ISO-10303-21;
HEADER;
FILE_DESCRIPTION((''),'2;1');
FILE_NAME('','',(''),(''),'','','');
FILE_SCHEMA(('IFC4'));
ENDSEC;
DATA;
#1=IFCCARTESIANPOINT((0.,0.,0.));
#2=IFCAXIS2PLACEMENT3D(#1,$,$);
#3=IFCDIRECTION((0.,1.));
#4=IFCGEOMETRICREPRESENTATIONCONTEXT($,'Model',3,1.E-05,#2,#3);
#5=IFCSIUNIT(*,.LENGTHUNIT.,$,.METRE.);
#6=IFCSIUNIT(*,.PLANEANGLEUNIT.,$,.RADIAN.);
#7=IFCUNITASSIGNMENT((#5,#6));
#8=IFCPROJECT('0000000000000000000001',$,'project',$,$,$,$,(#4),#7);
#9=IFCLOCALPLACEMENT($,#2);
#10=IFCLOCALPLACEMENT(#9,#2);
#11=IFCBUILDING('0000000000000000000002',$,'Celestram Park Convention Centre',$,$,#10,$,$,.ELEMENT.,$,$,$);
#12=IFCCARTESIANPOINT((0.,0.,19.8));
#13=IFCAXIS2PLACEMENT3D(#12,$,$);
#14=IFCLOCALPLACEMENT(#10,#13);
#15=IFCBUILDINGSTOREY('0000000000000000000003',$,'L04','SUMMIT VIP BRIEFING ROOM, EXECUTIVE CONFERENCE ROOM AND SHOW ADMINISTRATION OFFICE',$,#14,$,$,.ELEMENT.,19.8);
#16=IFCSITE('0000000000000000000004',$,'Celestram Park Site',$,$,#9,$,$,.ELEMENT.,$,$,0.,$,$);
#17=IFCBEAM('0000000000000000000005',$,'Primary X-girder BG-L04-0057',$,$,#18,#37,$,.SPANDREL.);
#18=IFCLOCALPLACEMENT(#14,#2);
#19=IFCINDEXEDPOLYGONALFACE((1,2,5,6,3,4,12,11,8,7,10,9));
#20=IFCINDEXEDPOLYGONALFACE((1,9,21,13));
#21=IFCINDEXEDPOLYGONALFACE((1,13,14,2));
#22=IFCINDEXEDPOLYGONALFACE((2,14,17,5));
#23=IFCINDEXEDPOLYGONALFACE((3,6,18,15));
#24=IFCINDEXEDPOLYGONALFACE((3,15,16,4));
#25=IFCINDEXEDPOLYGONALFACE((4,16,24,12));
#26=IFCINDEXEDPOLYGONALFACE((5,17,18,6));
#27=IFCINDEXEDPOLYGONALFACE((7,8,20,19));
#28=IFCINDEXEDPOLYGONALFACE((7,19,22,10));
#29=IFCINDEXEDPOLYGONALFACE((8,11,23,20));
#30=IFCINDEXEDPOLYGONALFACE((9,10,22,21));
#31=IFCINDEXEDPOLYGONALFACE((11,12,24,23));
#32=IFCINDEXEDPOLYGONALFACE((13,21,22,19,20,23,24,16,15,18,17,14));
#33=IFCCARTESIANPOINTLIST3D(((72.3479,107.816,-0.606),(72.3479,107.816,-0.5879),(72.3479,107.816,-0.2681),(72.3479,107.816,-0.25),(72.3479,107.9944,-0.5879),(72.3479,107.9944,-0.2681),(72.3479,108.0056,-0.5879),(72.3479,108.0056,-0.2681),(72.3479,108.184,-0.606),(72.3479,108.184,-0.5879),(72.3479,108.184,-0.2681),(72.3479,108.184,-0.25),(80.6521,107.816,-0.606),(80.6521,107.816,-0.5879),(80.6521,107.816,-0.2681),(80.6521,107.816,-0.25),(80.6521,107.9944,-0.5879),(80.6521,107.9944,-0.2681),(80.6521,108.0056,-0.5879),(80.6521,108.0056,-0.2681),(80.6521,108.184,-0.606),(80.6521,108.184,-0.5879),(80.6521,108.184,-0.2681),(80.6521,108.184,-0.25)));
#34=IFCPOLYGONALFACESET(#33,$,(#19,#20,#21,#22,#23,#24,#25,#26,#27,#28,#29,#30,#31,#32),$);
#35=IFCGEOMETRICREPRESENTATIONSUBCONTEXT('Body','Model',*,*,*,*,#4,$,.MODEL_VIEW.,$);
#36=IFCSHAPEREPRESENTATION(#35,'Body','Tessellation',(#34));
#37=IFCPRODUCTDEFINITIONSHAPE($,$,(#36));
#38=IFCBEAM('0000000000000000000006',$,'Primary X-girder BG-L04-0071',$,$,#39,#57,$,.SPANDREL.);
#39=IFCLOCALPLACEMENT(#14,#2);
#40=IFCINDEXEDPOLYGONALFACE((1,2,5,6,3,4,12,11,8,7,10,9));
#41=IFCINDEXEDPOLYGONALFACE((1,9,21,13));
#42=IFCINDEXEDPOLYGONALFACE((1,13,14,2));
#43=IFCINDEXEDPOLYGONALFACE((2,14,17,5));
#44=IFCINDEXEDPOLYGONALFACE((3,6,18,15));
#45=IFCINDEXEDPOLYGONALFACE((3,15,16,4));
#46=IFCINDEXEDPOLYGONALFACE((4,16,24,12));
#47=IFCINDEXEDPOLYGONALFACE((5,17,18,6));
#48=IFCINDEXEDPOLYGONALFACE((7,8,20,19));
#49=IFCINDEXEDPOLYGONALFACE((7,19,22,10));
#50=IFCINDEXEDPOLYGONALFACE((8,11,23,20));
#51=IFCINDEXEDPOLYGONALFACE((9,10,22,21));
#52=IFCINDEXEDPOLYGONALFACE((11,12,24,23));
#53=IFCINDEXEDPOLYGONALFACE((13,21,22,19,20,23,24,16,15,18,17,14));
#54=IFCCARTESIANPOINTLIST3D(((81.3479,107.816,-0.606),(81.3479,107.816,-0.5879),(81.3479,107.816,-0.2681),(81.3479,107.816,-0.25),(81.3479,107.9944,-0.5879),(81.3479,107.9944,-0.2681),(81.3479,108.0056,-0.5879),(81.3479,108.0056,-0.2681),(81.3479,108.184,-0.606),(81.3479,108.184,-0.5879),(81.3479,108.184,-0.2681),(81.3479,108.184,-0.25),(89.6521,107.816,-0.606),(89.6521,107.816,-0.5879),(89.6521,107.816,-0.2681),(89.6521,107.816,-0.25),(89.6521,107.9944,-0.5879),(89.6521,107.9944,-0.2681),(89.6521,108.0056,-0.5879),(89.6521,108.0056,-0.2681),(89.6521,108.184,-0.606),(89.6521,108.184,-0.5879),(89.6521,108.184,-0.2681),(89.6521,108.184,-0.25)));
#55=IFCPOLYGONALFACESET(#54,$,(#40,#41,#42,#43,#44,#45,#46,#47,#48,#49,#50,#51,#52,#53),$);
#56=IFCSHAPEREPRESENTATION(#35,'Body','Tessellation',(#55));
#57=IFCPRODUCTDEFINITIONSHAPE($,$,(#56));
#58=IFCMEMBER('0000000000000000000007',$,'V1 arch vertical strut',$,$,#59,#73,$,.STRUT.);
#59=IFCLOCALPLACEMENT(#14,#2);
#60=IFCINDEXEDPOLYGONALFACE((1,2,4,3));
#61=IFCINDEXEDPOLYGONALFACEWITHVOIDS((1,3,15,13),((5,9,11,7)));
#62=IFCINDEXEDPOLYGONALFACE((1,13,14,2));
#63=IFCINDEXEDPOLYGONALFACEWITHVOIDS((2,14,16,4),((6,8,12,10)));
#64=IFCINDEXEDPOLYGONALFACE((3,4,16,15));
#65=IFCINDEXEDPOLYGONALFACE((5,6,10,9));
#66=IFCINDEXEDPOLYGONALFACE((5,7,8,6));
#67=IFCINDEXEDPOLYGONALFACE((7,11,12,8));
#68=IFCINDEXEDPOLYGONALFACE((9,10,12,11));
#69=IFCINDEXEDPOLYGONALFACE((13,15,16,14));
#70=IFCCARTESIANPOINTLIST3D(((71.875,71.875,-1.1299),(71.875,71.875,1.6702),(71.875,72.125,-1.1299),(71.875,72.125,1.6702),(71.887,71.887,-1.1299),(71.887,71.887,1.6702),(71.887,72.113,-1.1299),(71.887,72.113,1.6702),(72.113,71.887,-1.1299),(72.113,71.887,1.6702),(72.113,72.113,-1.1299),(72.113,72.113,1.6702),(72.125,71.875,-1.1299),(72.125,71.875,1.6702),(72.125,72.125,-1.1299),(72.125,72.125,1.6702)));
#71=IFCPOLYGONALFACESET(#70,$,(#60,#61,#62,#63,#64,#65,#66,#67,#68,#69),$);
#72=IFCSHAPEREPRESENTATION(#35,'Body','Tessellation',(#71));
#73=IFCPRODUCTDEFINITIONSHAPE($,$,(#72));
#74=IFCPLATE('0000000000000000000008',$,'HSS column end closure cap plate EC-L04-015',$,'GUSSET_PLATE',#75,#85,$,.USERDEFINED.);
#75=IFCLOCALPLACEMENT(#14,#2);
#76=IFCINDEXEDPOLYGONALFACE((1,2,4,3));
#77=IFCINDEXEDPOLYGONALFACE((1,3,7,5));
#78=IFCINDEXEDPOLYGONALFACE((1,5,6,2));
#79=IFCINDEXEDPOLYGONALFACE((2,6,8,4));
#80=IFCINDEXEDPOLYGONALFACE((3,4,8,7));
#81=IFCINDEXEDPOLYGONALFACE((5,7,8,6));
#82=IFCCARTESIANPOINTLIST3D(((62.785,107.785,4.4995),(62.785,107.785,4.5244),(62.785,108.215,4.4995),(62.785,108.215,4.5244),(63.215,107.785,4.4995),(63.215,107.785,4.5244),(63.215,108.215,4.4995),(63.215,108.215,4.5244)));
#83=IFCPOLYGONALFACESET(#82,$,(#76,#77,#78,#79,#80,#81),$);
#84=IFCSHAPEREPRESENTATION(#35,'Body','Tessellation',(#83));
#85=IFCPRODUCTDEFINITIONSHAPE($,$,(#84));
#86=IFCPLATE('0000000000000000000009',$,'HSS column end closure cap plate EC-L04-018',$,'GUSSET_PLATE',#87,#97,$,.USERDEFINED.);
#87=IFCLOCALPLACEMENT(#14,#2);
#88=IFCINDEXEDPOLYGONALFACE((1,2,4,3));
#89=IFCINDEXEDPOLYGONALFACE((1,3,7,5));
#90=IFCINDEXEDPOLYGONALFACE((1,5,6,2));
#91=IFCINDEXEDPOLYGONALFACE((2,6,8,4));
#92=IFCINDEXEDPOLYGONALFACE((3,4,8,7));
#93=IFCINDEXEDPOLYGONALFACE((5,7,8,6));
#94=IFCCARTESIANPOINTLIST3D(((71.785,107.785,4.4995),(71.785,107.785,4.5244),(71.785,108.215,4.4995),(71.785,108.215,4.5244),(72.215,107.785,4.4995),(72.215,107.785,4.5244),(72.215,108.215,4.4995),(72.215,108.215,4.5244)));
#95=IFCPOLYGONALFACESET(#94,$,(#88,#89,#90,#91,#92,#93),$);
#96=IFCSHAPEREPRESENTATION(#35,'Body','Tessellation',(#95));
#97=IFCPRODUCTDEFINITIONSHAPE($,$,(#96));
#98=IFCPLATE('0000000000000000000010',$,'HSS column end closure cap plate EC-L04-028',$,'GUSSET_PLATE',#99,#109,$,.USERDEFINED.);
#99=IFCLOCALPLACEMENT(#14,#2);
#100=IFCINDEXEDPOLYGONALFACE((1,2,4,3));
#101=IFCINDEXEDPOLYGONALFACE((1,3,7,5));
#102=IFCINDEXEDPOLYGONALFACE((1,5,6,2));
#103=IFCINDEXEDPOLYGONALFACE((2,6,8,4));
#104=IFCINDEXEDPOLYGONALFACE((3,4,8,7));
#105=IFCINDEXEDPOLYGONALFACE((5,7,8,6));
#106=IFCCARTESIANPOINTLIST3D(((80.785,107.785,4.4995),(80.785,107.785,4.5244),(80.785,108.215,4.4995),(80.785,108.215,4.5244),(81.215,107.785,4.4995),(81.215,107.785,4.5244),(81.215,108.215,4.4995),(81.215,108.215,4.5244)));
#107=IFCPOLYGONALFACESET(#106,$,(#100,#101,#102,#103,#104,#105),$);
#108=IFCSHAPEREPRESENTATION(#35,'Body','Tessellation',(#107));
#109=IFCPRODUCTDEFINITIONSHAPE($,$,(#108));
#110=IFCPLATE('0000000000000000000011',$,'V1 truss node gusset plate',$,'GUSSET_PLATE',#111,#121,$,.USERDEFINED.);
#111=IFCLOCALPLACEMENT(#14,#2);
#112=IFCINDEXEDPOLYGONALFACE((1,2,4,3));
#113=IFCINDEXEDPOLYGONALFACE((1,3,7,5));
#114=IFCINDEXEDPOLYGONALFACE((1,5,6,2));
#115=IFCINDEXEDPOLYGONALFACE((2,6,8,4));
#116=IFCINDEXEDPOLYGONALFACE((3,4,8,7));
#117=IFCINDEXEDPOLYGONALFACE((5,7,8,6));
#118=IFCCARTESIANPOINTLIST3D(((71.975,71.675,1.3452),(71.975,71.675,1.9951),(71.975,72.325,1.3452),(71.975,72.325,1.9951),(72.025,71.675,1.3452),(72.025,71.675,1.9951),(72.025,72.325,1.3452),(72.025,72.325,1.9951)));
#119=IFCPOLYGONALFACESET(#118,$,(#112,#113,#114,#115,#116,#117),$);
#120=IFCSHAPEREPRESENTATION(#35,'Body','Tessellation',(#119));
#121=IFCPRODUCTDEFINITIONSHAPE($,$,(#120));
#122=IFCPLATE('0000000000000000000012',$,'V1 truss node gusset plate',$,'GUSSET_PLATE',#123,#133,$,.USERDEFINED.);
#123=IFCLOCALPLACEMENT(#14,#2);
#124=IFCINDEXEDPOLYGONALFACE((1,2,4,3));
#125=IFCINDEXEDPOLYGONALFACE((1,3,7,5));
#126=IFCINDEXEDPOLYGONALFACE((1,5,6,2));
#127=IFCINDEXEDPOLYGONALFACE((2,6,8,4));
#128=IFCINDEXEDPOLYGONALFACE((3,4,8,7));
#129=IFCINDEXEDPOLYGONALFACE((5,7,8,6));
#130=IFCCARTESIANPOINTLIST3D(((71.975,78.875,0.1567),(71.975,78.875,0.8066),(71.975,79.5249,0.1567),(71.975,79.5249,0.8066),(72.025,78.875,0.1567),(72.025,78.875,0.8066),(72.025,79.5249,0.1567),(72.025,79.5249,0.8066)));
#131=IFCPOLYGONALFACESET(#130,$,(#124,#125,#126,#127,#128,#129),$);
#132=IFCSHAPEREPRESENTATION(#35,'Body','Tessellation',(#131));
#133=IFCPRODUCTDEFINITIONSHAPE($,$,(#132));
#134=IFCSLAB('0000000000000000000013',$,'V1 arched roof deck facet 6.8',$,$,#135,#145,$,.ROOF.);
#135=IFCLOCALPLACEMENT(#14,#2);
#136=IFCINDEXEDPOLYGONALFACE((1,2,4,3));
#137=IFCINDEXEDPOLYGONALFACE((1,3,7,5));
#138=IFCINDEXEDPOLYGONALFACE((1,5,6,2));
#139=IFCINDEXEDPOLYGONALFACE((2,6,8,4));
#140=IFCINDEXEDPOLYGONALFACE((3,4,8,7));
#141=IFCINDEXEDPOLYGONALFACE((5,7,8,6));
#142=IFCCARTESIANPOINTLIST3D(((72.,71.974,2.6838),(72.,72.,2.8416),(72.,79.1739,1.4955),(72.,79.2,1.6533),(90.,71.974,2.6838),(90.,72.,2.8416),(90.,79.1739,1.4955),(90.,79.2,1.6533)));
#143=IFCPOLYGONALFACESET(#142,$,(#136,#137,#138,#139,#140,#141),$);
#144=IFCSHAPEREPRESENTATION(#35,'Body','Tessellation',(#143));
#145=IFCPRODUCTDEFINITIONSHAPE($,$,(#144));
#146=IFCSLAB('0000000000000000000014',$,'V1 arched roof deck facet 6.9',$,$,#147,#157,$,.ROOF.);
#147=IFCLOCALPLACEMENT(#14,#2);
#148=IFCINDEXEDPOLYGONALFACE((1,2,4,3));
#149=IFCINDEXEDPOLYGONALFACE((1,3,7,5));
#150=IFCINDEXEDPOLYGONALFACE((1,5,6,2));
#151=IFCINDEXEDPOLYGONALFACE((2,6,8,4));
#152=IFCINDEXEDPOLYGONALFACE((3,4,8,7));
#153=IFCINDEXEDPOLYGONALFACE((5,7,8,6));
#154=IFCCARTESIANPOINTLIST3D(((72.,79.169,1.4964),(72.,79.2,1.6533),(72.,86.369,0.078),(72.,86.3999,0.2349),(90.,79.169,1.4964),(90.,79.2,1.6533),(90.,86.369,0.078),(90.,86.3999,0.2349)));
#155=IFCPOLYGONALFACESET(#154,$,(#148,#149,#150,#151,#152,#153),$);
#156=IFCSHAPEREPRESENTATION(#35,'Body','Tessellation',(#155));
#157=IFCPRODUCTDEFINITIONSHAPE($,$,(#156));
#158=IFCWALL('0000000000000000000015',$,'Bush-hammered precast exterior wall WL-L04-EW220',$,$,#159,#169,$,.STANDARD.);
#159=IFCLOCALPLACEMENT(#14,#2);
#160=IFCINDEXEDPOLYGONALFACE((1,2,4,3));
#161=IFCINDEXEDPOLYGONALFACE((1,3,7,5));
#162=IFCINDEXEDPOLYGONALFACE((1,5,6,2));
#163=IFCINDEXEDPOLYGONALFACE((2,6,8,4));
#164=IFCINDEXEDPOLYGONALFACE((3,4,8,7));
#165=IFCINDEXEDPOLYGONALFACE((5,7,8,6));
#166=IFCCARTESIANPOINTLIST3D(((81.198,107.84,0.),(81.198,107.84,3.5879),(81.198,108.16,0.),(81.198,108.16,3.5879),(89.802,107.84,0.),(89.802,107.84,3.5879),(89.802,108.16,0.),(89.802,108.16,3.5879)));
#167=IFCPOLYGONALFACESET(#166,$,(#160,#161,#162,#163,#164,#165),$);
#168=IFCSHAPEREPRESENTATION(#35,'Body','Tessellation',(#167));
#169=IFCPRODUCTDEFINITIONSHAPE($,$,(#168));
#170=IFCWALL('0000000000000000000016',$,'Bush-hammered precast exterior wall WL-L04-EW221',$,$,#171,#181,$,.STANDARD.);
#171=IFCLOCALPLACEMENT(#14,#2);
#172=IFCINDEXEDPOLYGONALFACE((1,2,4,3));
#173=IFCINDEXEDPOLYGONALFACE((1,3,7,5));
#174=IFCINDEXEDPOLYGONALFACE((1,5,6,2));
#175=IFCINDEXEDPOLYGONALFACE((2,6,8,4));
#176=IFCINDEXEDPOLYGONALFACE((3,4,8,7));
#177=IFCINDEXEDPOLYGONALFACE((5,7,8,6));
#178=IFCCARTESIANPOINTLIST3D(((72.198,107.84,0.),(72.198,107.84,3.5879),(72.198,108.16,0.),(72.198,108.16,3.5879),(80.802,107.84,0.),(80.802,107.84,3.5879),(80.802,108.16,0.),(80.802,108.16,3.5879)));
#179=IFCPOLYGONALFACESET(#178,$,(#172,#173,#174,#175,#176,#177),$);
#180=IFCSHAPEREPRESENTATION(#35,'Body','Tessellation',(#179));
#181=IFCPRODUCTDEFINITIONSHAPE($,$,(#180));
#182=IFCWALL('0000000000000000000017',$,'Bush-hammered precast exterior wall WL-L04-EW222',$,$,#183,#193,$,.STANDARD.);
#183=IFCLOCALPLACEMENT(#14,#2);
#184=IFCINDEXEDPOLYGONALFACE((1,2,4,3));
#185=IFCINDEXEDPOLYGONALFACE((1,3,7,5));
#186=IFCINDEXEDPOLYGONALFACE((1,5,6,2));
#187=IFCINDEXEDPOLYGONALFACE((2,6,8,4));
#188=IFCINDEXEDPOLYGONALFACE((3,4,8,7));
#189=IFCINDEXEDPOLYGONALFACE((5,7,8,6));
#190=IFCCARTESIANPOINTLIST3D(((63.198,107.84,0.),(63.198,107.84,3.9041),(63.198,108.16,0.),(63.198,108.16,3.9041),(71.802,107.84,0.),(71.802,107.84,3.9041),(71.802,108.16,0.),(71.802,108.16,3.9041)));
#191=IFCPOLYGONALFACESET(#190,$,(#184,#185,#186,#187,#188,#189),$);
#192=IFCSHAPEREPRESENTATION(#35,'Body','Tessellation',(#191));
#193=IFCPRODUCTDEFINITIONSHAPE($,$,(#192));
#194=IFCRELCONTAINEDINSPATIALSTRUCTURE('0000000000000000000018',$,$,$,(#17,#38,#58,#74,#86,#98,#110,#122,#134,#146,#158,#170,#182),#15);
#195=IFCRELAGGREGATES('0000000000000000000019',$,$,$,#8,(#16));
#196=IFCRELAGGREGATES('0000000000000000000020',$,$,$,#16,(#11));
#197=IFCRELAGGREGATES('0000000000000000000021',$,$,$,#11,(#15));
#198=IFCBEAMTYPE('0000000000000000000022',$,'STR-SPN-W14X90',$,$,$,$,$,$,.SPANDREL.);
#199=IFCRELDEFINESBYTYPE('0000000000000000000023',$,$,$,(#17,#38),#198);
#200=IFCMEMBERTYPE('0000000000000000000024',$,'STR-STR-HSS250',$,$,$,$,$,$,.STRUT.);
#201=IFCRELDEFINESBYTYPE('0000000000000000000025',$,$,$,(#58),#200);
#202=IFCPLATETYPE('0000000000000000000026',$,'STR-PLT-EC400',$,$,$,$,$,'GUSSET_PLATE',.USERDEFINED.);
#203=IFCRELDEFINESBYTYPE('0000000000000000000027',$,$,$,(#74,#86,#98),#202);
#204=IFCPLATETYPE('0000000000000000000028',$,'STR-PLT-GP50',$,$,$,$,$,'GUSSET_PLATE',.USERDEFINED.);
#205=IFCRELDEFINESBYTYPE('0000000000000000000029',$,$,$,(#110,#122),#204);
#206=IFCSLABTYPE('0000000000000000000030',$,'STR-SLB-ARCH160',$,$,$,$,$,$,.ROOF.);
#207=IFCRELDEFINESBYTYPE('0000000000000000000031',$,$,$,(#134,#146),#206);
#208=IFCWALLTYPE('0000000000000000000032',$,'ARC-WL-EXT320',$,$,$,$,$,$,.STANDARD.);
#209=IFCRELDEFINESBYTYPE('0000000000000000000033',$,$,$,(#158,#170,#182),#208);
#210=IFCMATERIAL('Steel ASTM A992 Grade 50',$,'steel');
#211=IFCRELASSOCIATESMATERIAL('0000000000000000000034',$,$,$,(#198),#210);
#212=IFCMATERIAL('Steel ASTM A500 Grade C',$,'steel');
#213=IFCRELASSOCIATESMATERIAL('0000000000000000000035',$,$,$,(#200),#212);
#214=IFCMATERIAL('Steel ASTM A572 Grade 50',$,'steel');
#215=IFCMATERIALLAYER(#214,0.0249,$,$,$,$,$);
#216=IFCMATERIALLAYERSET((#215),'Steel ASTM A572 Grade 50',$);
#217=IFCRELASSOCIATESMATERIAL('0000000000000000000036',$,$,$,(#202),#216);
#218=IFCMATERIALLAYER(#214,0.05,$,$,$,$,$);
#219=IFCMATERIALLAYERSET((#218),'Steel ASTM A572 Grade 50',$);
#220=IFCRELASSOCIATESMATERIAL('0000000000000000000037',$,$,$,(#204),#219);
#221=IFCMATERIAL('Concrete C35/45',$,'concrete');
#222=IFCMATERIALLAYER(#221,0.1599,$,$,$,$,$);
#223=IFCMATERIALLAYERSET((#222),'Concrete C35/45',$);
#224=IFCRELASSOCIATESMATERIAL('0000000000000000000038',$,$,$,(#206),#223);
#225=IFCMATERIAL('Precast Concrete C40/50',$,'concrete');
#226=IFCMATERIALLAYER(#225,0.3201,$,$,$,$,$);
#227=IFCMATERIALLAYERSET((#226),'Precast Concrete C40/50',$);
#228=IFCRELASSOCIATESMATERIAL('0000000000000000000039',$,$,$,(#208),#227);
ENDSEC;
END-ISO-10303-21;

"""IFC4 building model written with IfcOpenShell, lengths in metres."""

from ifc_helpers import new_model, si_unit, direction, frame, frame_2d, origin, origin_2d, place, context, subcontext, project, spatial, polyline, rectangle, hollow_rectangle, i_section, outline, extrude, material, layer, layer_set, material_profile, profile_set, type_object, element, save


model = new_model("IFC4")

# Units and contexts
model_context = context("Model", 3, precision=1e-05, world=origin(), true_north=direction((0.0, 1.0)))
body_context = subcontext(model_context, "Body", "Model", "MODEL_VIEW")
ifc_project = project(units=[si_unit("LENGTHUNIT", "METRE"), si_unit("PLANEANGLEUNIT", "RADIAN")], contexts=[model_context])

# Site, building, storey
site_placement = place(None, origin())
site = spatial("IfcSite", under=ifc_project, at=site_placement, Name="Celestram Park Site", CompositionType="ELEMENT", RefElevation=0.0)
building_placement = place(site_placement, origin())
building = spatial("IfcBuilding", under=site, at=building_placement, Name="Celestram Park Convention Centre", CompositionType="ELEMENT")
storey_placement = place(building_placement, frame((0.0, 0.0, 19.8)))
storey = spatial("IfcBuildingStorey", under=building, at=storey_placement, Name="L04", Description="SUMMIT VIP BRIEFING ROOM, EXECUTIVE CONFERENCE ROOM AND SHOW ADMINISTRATION OFFICE", CompositionType="ELEMENT", Elevation=19.8)

# Shared definitions
ifc_material_1 = material(Name="Steel ASTM A500 Grade C", Category="steel")

# Shared definitions
ifc_material_2 = material(Name="Steel ASTM A992 Grade 50", Category="steel")

# Beams
ifc_material_profile_1 = material_profile(ifc_material_2, i_section(OverallWidth=0.3679, OverallDepth=0.356, WebThickness=0.0112, FlangeThickness=0.0181, at=origin_2d()), Name="W14X90")
ifc_profile_set_1 = profile_set([ifc_material_profile_1], Name="Steel ASTM A992 Grade 50")
beam_type_1 = type_object("IfcBeamType", Name="STR-SPN-W14X90", PredefinedType="SPANDREL", material=ifc_profile_set_1)
for number, where, z_axis, x_axis, name in (
    (1, (72.3479, 108.0, -0.428), (1.0, 0.0, 0.0), (0.0, 1.0, 0.0), "Primary X-girder BG-L04-0057"),
    (2, (81.3479, 108.0, -0.428), (1.0, 0.0, 0.0), (0.0, 1.0, 0.0), "Primary X-girder BG-L04-0071"),
):
    element("IfcBeam", number, at=place(storey_placement, frame(where, z_axis=z_axis, x_axis=x_axis)), inside=storey, type_object=beam_type_1, Name=name, PredefinedType="SPANDREL", context=body_context, shape_type="SweptSolid", body=[
        extrude(i_section(OverallWidth=0.3679, OverallDepth=0.356, WebThickness=0.0112, FlangeThickness=0.0181, at=origin_2d()), origin(), (0.0, 0.0, 1.0), 8.3042),
    ])

# Member
ifc_material_profile_2 = material_profile(ifc_material_1, hollow_rectangle(XDim=0.25, YDim=0.25, WallThickness=0.012, at=origin_2d()), Name="HSS250X250X12")
ifc_profile_set_2 = profile_set([ifc_material_profile_2], Name="Steel ASTM A500 Grade C")
member_type_1 = type_object("IfcMemberType", Name="STR-STR-HSS250", PredefinedType="STRUT", material=ifc_profile_set_2)
member_placement = place(storey_placement, frame((72.0, 72.0, -1.1299), z_axis=(0.0, 0.0, 1.0), x_axis=(1.0, 0.0, 0.0)))
element("IfcMember", 3, at=member_placement, inside=storey, type_object=member_type_1, Name="V1 arch vertical strut", PredefinedType="STRUT", context=body_context, shape_type="SweptSolid", body=[
    extrude(hollow_rectangle(XDim=0.25, YDim=0.25, WallThickness=0.012, at=origin_2d()), origin(), (0.0, 0.0, 1.0), 2.8),
])

# Plates
ifc_material_3 = material(Name="Steel ASTM A572 Grade 50", Category="steel")
ifc_layer_1 = layer(ifc_material_3, 0.0249)
ifc_layer_set_1 = layer_set([ifc_layer_1], Name="Steel ASTM A572 Grade 50")
plate_type_1 = type_object("IfcPlateType", Name="STR-PLT-EC400", ElementType="GUSSET_PLATE", PredefinedType="USERDEFINED", material=ifc_layer_set_1)
for number, where, z_axis, x_axis, name in (
    (4, (63.0, 108.0, 4.4995), (0.0, 0.0, 1.0), (1.0, 0.0, 0.0), "HSS column end closure cap plate EC-L04-015"),
    (5, (72.0, 108.0, 4.4995), (0.0, 0.0, 1.0), (1.0, 0.0, 0.0), "HSS column end closure cap plate EC-L04-018"),
    (6, (81.0, 108.0, 4.4995), (0.0, 0.0, 1.0), (1.0, 0.0, 0.0), "HSS column end closure cap plate EC-L04-028"),
):
    element("IfcPlate", number, at=place(storey_placement, frame(where, z_axis=z_axis, x_axis=x_axis)), inside=storey, type_object=plate_type_1, Name=name, ObjectType="GUSSET_PLATE", PredefinedType="USERDEFINED", context=body_context, shape_type="SweptSolid", body=[
        extrude(rectangle(XDim=0.4299, YDim=0.4299, at=origin_2d()), origin(), (0.0, 0.0, 1.0), 0.0249),
    ])
ifc_layer_2 = layer(ifc_material_3, 0.05)
ifc_layer_set_2 = layer_set([ifc_layer_2], Name="Steel ASTM A572 Grade 50")
plate_type_2 = type_object("IfcPlateType", Name="STR-PLT-GP50", ElementType="GUSSET_PLATE", PredefinedType="USERDEFINED", material=ifc_layer_set_2)
for number, where, z_axis, x_axis, name in (
    (7, (72.0, 72.0, 1.3452), (0.0, 0.0, 1.0), (0.0, 1.0, 0.0), "V1 truss node gusset plate"),
    (8, (72.0, 79.2, 0.1567), (0.0, 0.0, 1.0), (0.0, 1.0, 0.0), "V1 truss node gusset plate"),
):
    element("IfcPlate", number, at=place(storey_placement, frame(where, z_axis=z_axis, x_axis=x_axis)), inside=storey, type_object=plate_type_2, Name=name, ObjectType="GUSSET_PLATE", PredefinedType="USERDEFINED", context=body_context, shape_type="SweptSolid", body=[
        extrude(rectangle(XDim=0.6499, YDim=0.05, at=origin_2d()), origin(), (0.0, 0.0, 1.0), 0.6499),
    ])

# Slabs
ifc_material_4 = material(Name="Concrete C35/45", Category="concrete")
ifc_layer_3 = layer(ifc_material_4, 0.1599)
ifc_layer_set_3 = layer_set([ifc_layer_3], Name="Concrete C35/45")
slab_type = type_object("IfcSlabType", Name="STR-SLB-ARCH160", PredefinedType="ROOF", material=ifc_layer_set_3)
slab_1_placement = place(storey_placement, frame((72.0, 72.0, 2.8416), z_axis=(0.0, 0.162831, 0.986654), x_axis=(1.0, 0.0, 0.0)))
element("IfcSlab", 9, at=slab_1_placement, inside=storey, type_object=slab_type, Name="V1 arched roof deck facet 6.8", PredefinedType="ROOF", context=body_context, shape_type="SweptSolid", body=[
    extrude(outline(polyline([(0.0, 0.0), (18.0, 0.0), (18.0, 7.2973), (0.0, 7.2973), (0.0, 0.0)])), origin(), (0.0, 0.0, -1.0), 0.1599),
])
slab_2_placement = place(storey_placement, frame((72.0, 79.2, 1.6533), z_axis=(0.0, 0.193294, 0.981141), x_axis=(1.0, 0.0, 0.0)))
element("IfcSlab", 10, at=slab_2_placement, inside=storey, type_object=slab_type, Name="V1 arched roof deck facet 6.9", PredefinedType="ROOF", context=body_context, shape_type="SweptSolid", body=[
    extrude(outline(polyline([(0.0, 0.0), (18.0, 0.0), (18.0, 7.3383), (0.0, 7.3383), (0.0, 0.0)])), origin(), (0.0, 0.0, -1.0), 0.1599),
])

# Walls
ifc_material_5 = material(Name="Precast Concrete C40/50", Category="concrete")
ifc_layer_4 = layer(ifc_material_5, 0.3201)
ifc_layer_set_4 = layer_set([ifc_layer_4], Name="Precast Concrete C40/50")
wall_type = type_object("IfcWallType", Name="ARC-WL-EXT320", PredefinedType="STANDARD", material=ifc_layer_set_4)
for number, where, z_axis, x_axis, name in (
    (11, (89.802, 108.0, 0.0), (0.0, 0.0, 1.0), (-1.0, 0.0, 0.0), "Bush-hammered precast exterior wall WL-L04-EW220"),
    (12, (80.802, 108.0, 0.0), (0.0, 0.0, 1.0), (-1.0, 0.0, 0.0), "Bush-hammered precast exterior wall WL-L04-EW221"),
):
    element("IfcWall", number, at=place(storey_placement, frame(where, z_axis=z_axis, x_axis=x_axis)), inside=storey, type_object=wall_type, Name=name, PredefinedType="STANDARD", context=body_context, shape_type="SweptSolid", body=[
        extrude(rectangle(XDim=8.604, YDim=0.3201, at=frame_2d((4.302, 0.0))), origin(), (0.0, 0.0, 1.0), 3.5879),
    ])
wall_placement = place(storey_placement, frame((71.802, 108.0, 0.0), z_axis=(0.0, 0.0, 1.0), x_axis=(-1.0, 0.0, 0.0)))
element("IfcWall", 13, at=wall_placement, inside=storey, type_object=wall_type, Name="Bush-hammered precast exterior wall WL-L04-EW222", PredefinedType="STANDARD", context=body_context, shape_type="SweptSolid", body=[
    extrude(rectangle(XDim=8.604, YDim=0.3201, at=frame_2d((4.302, 0.0))), origin(), (0.0, 0.0, 1.0), 3.9041),
])

save(model, "model.ifc")
